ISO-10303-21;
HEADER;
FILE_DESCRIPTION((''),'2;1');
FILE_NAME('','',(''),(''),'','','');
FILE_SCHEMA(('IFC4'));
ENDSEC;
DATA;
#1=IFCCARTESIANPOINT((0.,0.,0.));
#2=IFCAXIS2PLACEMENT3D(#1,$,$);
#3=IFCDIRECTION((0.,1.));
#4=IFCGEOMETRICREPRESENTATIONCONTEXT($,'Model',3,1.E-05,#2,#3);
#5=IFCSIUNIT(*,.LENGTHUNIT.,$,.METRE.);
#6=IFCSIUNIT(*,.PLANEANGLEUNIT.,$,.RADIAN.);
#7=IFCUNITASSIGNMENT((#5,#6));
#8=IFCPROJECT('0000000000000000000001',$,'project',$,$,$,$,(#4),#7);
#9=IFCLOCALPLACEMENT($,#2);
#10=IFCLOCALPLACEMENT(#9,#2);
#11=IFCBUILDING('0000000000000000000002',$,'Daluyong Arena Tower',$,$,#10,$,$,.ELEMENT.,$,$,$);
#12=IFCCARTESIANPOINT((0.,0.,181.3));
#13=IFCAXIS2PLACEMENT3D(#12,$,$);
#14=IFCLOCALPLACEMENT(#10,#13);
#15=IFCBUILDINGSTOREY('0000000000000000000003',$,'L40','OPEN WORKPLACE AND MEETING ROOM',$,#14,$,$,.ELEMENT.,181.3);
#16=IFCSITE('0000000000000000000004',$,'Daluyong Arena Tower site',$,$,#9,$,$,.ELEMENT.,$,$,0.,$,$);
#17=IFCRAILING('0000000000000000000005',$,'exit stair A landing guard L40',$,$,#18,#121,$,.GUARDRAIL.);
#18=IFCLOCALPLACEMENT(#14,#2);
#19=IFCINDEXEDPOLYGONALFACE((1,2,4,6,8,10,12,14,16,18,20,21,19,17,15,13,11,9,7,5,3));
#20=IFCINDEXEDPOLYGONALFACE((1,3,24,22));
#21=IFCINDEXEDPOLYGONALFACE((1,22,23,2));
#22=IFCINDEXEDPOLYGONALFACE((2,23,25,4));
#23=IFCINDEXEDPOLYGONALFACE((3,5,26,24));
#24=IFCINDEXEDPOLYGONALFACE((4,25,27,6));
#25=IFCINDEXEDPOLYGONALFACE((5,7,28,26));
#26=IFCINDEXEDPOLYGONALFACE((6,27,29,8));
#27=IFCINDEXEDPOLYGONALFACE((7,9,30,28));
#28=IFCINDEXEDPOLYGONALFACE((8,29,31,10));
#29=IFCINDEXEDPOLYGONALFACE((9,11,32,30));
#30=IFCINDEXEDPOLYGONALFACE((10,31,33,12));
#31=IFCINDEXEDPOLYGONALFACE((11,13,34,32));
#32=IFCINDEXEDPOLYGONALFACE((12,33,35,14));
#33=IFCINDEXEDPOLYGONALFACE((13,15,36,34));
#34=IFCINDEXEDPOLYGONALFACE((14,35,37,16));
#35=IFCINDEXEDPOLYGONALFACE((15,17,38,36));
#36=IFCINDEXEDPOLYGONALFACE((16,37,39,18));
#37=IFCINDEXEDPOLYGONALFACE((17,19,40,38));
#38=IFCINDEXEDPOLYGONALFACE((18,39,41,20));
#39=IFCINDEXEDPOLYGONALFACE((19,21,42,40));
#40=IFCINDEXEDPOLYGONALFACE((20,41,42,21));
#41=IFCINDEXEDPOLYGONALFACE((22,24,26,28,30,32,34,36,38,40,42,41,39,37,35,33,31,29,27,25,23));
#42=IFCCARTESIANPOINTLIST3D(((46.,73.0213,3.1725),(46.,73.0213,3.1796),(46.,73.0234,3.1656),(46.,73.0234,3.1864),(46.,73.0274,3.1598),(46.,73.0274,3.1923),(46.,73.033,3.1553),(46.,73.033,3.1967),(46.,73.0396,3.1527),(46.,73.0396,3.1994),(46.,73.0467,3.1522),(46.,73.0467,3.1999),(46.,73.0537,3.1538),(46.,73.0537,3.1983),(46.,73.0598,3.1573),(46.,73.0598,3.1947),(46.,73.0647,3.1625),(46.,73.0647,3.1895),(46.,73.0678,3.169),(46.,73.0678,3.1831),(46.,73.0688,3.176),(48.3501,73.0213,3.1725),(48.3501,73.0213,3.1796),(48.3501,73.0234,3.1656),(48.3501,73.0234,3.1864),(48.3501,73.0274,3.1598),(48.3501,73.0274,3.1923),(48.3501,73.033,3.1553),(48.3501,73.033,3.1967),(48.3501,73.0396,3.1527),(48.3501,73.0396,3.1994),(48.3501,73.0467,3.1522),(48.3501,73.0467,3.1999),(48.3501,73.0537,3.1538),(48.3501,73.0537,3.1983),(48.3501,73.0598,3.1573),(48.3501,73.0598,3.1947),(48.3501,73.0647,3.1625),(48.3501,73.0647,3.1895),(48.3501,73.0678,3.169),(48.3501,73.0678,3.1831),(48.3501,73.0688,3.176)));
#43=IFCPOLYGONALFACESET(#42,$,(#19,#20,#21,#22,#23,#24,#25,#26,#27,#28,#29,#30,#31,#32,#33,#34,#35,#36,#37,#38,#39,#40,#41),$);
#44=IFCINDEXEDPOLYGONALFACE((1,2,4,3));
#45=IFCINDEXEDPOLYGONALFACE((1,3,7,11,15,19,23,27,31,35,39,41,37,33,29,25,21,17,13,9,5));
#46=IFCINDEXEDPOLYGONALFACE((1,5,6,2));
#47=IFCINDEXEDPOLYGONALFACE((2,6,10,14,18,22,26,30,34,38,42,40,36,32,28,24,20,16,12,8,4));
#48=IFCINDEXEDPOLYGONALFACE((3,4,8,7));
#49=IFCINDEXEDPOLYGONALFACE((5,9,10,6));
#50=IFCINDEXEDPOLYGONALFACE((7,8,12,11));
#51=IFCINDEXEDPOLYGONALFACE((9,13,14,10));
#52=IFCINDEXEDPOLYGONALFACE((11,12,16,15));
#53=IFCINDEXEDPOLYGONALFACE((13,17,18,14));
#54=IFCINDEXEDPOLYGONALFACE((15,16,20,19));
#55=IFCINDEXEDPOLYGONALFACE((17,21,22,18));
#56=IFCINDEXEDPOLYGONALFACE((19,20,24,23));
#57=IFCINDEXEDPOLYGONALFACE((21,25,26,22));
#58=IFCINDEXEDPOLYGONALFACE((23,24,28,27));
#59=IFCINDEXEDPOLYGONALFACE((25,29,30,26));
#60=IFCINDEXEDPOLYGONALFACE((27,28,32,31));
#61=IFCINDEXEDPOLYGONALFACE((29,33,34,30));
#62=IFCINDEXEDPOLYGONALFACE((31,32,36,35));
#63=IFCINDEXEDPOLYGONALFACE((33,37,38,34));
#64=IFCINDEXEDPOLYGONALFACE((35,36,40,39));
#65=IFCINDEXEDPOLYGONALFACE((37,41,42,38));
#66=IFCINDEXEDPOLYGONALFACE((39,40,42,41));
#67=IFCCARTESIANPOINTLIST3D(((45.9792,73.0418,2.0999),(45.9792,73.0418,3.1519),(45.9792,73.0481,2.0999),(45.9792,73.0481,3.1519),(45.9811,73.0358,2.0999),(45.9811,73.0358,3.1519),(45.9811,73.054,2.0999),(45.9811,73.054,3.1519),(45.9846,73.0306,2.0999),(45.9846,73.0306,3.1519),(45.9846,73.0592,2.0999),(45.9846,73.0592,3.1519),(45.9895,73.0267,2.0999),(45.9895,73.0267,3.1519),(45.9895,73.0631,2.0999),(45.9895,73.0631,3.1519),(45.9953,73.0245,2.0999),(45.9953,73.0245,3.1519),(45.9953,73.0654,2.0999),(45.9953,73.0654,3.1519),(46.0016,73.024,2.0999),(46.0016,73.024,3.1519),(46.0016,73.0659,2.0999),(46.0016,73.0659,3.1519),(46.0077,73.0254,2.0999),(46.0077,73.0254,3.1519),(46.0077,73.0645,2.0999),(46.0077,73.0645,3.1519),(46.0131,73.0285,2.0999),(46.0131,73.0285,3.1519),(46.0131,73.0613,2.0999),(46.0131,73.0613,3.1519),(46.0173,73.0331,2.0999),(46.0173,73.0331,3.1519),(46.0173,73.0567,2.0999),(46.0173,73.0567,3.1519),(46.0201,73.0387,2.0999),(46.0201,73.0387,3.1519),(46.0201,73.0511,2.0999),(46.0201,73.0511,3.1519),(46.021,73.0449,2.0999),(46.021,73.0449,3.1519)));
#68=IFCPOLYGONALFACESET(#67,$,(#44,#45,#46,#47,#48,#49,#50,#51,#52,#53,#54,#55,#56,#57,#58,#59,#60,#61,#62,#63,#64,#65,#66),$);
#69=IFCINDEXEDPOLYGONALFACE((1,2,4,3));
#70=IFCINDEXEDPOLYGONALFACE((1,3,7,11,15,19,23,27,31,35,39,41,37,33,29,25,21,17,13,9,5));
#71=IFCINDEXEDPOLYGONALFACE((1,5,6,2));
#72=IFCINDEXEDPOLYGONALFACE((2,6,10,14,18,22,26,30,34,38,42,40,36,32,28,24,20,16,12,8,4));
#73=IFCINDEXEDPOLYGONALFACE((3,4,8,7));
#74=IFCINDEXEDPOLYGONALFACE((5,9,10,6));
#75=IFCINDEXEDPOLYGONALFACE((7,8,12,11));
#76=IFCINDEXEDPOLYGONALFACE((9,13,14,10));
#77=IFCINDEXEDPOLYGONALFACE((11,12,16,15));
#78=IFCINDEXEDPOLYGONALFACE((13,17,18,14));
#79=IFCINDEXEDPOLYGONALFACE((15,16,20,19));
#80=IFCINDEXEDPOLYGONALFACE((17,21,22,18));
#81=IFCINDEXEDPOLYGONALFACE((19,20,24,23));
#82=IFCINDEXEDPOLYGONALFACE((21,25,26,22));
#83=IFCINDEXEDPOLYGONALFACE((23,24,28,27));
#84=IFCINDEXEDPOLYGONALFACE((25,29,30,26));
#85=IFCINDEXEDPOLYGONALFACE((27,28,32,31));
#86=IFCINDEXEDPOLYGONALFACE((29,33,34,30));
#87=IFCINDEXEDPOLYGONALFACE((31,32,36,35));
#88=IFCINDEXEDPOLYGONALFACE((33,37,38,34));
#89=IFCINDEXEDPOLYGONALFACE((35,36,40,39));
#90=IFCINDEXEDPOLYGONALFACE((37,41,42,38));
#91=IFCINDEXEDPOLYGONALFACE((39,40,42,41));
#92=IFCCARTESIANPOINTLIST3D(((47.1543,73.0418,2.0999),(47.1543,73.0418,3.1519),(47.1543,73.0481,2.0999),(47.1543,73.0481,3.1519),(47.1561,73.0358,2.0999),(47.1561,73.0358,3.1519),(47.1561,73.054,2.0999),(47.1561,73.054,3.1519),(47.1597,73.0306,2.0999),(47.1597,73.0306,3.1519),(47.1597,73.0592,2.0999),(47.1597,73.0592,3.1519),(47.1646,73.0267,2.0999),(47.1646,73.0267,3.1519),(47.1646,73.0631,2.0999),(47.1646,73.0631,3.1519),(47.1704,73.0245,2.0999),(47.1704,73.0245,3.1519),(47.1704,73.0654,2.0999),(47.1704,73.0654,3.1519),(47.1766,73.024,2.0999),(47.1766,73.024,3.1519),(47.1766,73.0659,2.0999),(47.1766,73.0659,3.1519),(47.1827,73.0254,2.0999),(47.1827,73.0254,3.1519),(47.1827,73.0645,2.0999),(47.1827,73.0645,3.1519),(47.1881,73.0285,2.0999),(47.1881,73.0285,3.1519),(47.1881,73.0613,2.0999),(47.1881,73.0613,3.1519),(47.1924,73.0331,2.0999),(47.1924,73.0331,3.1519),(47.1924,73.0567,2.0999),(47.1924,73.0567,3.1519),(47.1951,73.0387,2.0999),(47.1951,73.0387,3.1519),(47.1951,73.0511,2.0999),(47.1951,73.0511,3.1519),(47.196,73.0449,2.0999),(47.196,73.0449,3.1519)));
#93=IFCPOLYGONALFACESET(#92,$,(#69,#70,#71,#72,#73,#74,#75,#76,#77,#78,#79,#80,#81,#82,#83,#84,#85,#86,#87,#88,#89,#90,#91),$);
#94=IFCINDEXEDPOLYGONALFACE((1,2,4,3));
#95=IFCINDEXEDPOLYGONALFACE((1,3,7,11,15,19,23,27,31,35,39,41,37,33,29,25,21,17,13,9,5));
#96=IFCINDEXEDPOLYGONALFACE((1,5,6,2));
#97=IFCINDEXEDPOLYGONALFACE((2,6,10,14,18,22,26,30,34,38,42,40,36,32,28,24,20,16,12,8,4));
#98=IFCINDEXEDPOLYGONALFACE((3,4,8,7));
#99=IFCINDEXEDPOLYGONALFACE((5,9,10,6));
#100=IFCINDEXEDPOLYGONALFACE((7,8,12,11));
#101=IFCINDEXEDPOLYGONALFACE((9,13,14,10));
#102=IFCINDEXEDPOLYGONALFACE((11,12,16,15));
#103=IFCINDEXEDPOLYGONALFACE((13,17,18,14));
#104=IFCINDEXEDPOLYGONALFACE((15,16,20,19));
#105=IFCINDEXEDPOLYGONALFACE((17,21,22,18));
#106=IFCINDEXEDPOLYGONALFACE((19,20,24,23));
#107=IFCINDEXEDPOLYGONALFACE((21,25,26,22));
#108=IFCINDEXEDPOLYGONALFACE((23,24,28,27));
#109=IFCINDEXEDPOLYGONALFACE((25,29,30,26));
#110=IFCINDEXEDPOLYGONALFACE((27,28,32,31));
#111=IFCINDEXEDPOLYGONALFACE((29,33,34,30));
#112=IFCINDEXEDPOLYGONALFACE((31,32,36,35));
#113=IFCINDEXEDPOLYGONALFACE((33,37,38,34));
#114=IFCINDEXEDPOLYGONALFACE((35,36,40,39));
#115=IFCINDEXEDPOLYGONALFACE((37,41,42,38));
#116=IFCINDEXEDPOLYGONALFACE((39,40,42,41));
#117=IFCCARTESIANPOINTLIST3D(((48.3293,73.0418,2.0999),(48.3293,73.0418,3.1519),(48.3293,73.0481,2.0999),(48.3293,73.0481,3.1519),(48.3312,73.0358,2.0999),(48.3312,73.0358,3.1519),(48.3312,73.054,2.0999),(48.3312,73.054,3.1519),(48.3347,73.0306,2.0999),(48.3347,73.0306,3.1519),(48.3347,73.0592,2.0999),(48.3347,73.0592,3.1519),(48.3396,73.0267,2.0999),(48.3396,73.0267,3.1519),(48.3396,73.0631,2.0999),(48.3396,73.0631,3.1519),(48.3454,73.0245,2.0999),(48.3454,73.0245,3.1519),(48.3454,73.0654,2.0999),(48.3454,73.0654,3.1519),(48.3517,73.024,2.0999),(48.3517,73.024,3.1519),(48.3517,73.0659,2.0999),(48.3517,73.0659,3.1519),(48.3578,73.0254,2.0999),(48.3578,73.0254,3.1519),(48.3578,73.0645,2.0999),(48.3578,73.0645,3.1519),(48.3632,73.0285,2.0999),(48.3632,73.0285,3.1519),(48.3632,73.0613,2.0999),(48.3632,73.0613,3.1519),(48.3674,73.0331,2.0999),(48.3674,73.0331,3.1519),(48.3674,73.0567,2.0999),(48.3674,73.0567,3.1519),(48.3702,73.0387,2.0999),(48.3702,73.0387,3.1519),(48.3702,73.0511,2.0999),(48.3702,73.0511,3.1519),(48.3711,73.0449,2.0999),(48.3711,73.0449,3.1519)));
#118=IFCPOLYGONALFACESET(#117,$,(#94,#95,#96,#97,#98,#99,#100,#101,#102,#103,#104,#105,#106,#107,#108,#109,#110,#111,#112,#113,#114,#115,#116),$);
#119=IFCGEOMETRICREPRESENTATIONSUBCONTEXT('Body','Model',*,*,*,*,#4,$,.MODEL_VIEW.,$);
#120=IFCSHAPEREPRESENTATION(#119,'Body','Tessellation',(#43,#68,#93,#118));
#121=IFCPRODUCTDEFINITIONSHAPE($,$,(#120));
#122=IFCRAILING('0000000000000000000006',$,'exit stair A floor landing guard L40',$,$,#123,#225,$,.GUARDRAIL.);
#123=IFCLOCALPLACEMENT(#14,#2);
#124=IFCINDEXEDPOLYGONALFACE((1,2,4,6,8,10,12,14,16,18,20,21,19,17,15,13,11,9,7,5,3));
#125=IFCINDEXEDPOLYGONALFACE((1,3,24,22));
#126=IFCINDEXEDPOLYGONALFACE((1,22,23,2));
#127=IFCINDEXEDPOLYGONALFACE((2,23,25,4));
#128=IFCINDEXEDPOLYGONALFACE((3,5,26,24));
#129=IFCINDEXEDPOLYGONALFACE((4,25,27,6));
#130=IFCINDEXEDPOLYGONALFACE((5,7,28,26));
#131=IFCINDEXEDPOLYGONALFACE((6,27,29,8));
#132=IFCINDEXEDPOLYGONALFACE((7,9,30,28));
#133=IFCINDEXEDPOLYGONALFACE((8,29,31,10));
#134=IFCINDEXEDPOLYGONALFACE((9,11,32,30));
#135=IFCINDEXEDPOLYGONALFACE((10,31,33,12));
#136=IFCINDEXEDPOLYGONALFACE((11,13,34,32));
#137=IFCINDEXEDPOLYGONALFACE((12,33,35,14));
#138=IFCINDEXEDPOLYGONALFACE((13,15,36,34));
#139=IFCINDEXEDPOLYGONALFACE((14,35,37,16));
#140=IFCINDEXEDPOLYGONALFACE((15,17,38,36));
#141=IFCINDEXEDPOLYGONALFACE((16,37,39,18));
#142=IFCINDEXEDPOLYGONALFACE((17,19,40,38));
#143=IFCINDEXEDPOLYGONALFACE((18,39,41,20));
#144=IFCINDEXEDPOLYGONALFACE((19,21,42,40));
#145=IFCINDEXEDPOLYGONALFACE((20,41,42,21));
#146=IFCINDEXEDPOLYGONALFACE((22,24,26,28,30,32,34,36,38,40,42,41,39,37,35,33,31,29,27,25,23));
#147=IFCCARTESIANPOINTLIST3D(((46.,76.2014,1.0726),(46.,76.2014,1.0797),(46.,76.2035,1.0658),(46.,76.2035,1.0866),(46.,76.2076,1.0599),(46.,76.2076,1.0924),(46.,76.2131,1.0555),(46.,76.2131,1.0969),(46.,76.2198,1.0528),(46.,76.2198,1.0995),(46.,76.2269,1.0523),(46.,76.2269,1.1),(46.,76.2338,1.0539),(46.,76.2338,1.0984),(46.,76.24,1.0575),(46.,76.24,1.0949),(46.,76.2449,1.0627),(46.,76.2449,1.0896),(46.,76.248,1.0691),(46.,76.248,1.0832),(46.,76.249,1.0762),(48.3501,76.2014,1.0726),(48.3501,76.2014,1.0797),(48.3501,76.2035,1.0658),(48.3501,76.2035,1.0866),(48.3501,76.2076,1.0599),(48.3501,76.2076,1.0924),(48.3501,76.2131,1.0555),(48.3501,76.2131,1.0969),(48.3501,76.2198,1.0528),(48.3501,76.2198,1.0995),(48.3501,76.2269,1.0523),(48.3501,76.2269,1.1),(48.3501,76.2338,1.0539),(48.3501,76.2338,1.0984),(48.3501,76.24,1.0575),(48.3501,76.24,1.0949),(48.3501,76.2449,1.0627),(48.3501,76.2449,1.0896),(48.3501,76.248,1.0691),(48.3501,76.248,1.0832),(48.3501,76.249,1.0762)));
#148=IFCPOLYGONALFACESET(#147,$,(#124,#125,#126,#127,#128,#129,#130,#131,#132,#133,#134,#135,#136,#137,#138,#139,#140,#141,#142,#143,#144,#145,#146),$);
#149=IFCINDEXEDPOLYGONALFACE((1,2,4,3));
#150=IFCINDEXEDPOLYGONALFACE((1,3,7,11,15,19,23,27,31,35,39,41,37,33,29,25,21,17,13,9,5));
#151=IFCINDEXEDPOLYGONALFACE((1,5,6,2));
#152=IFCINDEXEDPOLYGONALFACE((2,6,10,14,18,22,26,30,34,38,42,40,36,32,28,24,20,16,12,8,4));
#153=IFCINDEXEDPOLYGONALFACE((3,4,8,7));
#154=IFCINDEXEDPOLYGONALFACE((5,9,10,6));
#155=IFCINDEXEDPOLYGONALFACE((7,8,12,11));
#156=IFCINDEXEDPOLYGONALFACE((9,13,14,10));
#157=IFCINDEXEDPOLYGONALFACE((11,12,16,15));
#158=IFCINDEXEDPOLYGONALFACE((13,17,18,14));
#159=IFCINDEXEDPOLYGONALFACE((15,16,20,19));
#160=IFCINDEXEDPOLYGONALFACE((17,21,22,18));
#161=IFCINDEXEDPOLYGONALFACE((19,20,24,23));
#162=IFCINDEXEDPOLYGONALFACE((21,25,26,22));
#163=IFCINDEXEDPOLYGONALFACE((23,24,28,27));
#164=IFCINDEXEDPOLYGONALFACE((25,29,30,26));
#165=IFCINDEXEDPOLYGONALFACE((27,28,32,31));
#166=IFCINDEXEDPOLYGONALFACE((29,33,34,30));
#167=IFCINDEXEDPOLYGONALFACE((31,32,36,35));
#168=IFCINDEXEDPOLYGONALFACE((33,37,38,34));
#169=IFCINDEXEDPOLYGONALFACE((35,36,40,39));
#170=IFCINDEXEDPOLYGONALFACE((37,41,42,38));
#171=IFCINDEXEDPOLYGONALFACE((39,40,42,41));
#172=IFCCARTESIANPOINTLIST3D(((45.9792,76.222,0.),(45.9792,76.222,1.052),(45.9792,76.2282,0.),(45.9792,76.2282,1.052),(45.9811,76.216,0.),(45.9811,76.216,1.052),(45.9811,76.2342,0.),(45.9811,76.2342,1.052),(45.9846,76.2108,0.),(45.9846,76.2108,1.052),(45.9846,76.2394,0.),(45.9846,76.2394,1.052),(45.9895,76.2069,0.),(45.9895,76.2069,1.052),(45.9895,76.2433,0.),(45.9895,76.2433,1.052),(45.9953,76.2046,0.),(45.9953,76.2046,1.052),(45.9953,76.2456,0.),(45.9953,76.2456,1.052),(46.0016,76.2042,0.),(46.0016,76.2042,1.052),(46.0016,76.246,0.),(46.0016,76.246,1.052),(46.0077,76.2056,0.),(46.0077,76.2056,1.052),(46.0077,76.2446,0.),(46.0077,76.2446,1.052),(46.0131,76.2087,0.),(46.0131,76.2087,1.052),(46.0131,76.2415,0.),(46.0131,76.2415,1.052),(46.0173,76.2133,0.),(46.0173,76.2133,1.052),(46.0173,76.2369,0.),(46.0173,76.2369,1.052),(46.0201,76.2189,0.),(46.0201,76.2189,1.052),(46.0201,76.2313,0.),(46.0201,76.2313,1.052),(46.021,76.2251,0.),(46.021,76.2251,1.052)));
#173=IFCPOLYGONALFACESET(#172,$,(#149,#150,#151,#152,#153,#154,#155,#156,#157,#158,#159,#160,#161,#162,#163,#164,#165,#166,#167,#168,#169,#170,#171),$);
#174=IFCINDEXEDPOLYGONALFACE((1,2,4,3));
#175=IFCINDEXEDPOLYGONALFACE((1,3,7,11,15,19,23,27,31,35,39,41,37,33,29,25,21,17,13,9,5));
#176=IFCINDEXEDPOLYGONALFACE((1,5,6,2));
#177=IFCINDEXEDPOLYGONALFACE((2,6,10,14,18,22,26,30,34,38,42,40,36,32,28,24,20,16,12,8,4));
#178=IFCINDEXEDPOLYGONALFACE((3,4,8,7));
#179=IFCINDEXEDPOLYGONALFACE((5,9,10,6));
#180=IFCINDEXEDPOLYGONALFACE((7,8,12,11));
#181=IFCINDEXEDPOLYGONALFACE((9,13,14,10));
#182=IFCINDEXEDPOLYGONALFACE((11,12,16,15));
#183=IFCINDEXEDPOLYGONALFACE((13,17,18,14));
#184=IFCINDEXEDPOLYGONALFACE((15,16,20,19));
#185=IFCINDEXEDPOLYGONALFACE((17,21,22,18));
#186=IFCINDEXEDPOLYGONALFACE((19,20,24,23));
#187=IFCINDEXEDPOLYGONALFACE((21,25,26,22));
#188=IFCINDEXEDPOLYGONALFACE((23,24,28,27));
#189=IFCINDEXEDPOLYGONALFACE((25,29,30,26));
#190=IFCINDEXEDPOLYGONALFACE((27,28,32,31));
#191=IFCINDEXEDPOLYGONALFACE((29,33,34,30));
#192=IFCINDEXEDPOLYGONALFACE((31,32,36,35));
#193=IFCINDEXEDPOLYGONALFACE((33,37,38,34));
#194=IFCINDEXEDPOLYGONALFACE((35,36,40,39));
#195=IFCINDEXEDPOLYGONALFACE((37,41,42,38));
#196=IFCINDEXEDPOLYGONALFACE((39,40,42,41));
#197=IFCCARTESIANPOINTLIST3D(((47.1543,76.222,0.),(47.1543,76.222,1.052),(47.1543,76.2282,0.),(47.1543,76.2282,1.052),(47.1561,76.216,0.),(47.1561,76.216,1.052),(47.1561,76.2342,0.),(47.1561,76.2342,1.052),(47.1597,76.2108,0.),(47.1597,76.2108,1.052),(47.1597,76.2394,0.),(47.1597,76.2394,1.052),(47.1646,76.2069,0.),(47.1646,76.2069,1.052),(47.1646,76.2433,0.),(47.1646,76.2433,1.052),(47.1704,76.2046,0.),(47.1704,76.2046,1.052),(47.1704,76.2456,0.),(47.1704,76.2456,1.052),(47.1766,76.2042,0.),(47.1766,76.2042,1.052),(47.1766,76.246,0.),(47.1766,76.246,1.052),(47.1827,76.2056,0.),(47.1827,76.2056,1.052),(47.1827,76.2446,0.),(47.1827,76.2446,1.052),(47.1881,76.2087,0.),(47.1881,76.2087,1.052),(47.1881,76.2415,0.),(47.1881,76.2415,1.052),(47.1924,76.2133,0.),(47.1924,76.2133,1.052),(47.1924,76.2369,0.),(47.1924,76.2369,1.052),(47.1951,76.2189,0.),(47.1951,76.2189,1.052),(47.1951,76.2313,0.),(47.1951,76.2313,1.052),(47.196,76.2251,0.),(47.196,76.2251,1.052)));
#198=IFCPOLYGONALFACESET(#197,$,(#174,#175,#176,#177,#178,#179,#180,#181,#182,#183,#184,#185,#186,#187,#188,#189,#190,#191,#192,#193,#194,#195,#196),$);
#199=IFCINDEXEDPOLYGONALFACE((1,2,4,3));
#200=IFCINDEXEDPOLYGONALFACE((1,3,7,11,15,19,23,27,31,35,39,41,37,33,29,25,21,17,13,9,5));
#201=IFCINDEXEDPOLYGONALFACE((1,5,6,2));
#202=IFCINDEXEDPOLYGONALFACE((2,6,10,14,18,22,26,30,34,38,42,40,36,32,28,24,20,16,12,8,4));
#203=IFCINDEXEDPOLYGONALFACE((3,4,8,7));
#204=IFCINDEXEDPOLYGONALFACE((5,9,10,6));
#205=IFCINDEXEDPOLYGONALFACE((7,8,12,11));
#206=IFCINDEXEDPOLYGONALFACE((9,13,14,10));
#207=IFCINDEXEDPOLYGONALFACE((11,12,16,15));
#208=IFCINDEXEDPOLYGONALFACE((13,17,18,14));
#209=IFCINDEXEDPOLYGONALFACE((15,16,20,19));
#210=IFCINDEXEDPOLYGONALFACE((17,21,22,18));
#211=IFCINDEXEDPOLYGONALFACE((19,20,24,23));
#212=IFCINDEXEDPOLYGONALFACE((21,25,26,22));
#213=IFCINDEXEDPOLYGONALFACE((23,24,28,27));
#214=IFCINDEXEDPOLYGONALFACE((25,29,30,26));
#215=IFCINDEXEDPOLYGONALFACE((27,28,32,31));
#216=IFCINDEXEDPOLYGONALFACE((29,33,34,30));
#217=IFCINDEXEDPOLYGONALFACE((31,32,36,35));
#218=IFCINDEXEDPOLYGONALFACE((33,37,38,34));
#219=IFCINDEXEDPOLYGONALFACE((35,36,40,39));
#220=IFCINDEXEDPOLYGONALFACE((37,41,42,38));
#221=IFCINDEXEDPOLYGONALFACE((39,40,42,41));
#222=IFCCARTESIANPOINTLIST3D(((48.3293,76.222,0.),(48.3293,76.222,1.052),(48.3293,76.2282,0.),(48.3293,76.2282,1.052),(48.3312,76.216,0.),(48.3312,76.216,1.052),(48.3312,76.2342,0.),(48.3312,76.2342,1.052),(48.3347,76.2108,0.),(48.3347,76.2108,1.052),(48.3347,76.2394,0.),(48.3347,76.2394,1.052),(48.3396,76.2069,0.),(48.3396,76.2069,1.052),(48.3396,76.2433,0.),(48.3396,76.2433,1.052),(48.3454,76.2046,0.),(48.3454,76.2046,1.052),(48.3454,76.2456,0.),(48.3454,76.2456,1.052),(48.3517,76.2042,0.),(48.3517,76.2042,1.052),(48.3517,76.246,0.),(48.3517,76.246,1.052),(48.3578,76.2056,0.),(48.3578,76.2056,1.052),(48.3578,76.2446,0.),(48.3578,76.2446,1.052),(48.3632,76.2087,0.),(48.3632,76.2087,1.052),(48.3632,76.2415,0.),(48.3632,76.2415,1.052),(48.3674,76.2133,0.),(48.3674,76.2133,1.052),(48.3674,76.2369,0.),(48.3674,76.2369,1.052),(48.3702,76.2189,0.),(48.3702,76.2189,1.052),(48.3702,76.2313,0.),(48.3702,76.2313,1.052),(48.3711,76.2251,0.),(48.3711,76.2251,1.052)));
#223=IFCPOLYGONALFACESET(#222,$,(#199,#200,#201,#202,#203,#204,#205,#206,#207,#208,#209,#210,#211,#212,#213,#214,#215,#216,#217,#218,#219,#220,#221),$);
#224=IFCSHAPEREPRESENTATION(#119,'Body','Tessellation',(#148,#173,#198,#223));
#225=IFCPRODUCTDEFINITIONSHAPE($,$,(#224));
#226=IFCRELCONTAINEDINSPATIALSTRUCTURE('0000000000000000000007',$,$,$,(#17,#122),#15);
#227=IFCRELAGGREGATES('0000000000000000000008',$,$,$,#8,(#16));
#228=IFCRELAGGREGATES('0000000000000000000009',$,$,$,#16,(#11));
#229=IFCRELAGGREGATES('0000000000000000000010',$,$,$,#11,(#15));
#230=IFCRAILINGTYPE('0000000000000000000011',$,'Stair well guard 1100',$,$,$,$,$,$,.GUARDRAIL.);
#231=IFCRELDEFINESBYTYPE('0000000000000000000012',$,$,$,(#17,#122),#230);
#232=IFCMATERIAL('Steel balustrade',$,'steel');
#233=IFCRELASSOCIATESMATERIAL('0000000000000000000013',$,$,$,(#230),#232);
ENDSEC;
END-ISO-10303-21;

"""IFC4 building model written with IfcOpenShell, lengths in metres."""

from ifc_helpers import new_model, si_unit, direction, frame, origin, origin_2d, place, context, subcontext, project, spatial, circle, extrude, material, type_object, element, save


model = new_model("IFC4")

# Units and contexts
model_context = context("Model", 3, precision=1e-05, world=origin(), true_north=direction((0.0, 1.0)))
body_context = subcontext(model_context, "Body", "Model", "MODEL_VIEW")
ifc_project = project(units=[si_unit("LENGTHUNIT", "METRE"), si_unit("PLANEANGLEUNIT", "RADIAN")], contexts=[model_context])

# Site, building, storey
site_placement = place(None, origin())
site = spatial("IfcSite", under=ifc_project, at=site_placement, Name="Daluyong Arena Tower site", CompositionType="ELEMENT", RefElevation=0.0)
building_placement = place(site_placement, origin())
building = spatial("IfcBuilding", under=site, at=building_placement, Name="Daluyong Arena Tower", CompositionType="ELEMENT")
storey_placement = place(building_placement, frame((0.0, 0.0, 181.3)))
storey = spatial("IfcBuildingStorey", under=building, at=storey_placement, Name="L40", Description="OPEN WORKPLACE AND MEETING ROOM", CompositionType="ELEMENT", Elevation=181.3)

# Railings
ifc_material_1 = material(Name="Steel balustrade", Category="steel")
railing_type_1 = type_object("IfcRailingType", Name="Stair well guard 1100", PredefinedType="GUARDRAIL", material=ifc_material_1)
for number, where, name in (
    (1, (46.0, 73.0449, 2.0999), "exit stair A landing guard L40"),
    (2, (46.0, 76.2251, 0.0), "exit stair A floor landing guard L40"),
):
    element("IfcRailing", number, at=place(storey_placement, frame(where)), inside=storey, type_object=railing_type_1, Name=name, PredefinedType="GUARDRAIL", context=body_context, shape_type="SweptSolid", body=[
        extrude(circle(Radius=0.0239, at=origin_2d()), frame((0.0, 0.0, 1.0762), z_axis=(1.0, 0.0, 0.0), x_axis=(0.0, 1.0, 0.0)), (0.0, 0.0, 1.0), 2.3501),
        extrude(circle(Radius=0.021, at=origin_2d()), origin(), (0.0, 0.0, 1.0), 1.052),
        extrude(circle(Radius=0.021, at=origin_2d()), frame((1.175, 0.0, 0.0)), (0.0, 0.0, 1.0), 1.052),
        extrude(circle(Radius=0.021, at=origin_2d()), frame((2.3501, 0.0, 0.0)), (0.0, 0.0, 1.0), 1.052),
    ])

save(model, "model.ifc")
